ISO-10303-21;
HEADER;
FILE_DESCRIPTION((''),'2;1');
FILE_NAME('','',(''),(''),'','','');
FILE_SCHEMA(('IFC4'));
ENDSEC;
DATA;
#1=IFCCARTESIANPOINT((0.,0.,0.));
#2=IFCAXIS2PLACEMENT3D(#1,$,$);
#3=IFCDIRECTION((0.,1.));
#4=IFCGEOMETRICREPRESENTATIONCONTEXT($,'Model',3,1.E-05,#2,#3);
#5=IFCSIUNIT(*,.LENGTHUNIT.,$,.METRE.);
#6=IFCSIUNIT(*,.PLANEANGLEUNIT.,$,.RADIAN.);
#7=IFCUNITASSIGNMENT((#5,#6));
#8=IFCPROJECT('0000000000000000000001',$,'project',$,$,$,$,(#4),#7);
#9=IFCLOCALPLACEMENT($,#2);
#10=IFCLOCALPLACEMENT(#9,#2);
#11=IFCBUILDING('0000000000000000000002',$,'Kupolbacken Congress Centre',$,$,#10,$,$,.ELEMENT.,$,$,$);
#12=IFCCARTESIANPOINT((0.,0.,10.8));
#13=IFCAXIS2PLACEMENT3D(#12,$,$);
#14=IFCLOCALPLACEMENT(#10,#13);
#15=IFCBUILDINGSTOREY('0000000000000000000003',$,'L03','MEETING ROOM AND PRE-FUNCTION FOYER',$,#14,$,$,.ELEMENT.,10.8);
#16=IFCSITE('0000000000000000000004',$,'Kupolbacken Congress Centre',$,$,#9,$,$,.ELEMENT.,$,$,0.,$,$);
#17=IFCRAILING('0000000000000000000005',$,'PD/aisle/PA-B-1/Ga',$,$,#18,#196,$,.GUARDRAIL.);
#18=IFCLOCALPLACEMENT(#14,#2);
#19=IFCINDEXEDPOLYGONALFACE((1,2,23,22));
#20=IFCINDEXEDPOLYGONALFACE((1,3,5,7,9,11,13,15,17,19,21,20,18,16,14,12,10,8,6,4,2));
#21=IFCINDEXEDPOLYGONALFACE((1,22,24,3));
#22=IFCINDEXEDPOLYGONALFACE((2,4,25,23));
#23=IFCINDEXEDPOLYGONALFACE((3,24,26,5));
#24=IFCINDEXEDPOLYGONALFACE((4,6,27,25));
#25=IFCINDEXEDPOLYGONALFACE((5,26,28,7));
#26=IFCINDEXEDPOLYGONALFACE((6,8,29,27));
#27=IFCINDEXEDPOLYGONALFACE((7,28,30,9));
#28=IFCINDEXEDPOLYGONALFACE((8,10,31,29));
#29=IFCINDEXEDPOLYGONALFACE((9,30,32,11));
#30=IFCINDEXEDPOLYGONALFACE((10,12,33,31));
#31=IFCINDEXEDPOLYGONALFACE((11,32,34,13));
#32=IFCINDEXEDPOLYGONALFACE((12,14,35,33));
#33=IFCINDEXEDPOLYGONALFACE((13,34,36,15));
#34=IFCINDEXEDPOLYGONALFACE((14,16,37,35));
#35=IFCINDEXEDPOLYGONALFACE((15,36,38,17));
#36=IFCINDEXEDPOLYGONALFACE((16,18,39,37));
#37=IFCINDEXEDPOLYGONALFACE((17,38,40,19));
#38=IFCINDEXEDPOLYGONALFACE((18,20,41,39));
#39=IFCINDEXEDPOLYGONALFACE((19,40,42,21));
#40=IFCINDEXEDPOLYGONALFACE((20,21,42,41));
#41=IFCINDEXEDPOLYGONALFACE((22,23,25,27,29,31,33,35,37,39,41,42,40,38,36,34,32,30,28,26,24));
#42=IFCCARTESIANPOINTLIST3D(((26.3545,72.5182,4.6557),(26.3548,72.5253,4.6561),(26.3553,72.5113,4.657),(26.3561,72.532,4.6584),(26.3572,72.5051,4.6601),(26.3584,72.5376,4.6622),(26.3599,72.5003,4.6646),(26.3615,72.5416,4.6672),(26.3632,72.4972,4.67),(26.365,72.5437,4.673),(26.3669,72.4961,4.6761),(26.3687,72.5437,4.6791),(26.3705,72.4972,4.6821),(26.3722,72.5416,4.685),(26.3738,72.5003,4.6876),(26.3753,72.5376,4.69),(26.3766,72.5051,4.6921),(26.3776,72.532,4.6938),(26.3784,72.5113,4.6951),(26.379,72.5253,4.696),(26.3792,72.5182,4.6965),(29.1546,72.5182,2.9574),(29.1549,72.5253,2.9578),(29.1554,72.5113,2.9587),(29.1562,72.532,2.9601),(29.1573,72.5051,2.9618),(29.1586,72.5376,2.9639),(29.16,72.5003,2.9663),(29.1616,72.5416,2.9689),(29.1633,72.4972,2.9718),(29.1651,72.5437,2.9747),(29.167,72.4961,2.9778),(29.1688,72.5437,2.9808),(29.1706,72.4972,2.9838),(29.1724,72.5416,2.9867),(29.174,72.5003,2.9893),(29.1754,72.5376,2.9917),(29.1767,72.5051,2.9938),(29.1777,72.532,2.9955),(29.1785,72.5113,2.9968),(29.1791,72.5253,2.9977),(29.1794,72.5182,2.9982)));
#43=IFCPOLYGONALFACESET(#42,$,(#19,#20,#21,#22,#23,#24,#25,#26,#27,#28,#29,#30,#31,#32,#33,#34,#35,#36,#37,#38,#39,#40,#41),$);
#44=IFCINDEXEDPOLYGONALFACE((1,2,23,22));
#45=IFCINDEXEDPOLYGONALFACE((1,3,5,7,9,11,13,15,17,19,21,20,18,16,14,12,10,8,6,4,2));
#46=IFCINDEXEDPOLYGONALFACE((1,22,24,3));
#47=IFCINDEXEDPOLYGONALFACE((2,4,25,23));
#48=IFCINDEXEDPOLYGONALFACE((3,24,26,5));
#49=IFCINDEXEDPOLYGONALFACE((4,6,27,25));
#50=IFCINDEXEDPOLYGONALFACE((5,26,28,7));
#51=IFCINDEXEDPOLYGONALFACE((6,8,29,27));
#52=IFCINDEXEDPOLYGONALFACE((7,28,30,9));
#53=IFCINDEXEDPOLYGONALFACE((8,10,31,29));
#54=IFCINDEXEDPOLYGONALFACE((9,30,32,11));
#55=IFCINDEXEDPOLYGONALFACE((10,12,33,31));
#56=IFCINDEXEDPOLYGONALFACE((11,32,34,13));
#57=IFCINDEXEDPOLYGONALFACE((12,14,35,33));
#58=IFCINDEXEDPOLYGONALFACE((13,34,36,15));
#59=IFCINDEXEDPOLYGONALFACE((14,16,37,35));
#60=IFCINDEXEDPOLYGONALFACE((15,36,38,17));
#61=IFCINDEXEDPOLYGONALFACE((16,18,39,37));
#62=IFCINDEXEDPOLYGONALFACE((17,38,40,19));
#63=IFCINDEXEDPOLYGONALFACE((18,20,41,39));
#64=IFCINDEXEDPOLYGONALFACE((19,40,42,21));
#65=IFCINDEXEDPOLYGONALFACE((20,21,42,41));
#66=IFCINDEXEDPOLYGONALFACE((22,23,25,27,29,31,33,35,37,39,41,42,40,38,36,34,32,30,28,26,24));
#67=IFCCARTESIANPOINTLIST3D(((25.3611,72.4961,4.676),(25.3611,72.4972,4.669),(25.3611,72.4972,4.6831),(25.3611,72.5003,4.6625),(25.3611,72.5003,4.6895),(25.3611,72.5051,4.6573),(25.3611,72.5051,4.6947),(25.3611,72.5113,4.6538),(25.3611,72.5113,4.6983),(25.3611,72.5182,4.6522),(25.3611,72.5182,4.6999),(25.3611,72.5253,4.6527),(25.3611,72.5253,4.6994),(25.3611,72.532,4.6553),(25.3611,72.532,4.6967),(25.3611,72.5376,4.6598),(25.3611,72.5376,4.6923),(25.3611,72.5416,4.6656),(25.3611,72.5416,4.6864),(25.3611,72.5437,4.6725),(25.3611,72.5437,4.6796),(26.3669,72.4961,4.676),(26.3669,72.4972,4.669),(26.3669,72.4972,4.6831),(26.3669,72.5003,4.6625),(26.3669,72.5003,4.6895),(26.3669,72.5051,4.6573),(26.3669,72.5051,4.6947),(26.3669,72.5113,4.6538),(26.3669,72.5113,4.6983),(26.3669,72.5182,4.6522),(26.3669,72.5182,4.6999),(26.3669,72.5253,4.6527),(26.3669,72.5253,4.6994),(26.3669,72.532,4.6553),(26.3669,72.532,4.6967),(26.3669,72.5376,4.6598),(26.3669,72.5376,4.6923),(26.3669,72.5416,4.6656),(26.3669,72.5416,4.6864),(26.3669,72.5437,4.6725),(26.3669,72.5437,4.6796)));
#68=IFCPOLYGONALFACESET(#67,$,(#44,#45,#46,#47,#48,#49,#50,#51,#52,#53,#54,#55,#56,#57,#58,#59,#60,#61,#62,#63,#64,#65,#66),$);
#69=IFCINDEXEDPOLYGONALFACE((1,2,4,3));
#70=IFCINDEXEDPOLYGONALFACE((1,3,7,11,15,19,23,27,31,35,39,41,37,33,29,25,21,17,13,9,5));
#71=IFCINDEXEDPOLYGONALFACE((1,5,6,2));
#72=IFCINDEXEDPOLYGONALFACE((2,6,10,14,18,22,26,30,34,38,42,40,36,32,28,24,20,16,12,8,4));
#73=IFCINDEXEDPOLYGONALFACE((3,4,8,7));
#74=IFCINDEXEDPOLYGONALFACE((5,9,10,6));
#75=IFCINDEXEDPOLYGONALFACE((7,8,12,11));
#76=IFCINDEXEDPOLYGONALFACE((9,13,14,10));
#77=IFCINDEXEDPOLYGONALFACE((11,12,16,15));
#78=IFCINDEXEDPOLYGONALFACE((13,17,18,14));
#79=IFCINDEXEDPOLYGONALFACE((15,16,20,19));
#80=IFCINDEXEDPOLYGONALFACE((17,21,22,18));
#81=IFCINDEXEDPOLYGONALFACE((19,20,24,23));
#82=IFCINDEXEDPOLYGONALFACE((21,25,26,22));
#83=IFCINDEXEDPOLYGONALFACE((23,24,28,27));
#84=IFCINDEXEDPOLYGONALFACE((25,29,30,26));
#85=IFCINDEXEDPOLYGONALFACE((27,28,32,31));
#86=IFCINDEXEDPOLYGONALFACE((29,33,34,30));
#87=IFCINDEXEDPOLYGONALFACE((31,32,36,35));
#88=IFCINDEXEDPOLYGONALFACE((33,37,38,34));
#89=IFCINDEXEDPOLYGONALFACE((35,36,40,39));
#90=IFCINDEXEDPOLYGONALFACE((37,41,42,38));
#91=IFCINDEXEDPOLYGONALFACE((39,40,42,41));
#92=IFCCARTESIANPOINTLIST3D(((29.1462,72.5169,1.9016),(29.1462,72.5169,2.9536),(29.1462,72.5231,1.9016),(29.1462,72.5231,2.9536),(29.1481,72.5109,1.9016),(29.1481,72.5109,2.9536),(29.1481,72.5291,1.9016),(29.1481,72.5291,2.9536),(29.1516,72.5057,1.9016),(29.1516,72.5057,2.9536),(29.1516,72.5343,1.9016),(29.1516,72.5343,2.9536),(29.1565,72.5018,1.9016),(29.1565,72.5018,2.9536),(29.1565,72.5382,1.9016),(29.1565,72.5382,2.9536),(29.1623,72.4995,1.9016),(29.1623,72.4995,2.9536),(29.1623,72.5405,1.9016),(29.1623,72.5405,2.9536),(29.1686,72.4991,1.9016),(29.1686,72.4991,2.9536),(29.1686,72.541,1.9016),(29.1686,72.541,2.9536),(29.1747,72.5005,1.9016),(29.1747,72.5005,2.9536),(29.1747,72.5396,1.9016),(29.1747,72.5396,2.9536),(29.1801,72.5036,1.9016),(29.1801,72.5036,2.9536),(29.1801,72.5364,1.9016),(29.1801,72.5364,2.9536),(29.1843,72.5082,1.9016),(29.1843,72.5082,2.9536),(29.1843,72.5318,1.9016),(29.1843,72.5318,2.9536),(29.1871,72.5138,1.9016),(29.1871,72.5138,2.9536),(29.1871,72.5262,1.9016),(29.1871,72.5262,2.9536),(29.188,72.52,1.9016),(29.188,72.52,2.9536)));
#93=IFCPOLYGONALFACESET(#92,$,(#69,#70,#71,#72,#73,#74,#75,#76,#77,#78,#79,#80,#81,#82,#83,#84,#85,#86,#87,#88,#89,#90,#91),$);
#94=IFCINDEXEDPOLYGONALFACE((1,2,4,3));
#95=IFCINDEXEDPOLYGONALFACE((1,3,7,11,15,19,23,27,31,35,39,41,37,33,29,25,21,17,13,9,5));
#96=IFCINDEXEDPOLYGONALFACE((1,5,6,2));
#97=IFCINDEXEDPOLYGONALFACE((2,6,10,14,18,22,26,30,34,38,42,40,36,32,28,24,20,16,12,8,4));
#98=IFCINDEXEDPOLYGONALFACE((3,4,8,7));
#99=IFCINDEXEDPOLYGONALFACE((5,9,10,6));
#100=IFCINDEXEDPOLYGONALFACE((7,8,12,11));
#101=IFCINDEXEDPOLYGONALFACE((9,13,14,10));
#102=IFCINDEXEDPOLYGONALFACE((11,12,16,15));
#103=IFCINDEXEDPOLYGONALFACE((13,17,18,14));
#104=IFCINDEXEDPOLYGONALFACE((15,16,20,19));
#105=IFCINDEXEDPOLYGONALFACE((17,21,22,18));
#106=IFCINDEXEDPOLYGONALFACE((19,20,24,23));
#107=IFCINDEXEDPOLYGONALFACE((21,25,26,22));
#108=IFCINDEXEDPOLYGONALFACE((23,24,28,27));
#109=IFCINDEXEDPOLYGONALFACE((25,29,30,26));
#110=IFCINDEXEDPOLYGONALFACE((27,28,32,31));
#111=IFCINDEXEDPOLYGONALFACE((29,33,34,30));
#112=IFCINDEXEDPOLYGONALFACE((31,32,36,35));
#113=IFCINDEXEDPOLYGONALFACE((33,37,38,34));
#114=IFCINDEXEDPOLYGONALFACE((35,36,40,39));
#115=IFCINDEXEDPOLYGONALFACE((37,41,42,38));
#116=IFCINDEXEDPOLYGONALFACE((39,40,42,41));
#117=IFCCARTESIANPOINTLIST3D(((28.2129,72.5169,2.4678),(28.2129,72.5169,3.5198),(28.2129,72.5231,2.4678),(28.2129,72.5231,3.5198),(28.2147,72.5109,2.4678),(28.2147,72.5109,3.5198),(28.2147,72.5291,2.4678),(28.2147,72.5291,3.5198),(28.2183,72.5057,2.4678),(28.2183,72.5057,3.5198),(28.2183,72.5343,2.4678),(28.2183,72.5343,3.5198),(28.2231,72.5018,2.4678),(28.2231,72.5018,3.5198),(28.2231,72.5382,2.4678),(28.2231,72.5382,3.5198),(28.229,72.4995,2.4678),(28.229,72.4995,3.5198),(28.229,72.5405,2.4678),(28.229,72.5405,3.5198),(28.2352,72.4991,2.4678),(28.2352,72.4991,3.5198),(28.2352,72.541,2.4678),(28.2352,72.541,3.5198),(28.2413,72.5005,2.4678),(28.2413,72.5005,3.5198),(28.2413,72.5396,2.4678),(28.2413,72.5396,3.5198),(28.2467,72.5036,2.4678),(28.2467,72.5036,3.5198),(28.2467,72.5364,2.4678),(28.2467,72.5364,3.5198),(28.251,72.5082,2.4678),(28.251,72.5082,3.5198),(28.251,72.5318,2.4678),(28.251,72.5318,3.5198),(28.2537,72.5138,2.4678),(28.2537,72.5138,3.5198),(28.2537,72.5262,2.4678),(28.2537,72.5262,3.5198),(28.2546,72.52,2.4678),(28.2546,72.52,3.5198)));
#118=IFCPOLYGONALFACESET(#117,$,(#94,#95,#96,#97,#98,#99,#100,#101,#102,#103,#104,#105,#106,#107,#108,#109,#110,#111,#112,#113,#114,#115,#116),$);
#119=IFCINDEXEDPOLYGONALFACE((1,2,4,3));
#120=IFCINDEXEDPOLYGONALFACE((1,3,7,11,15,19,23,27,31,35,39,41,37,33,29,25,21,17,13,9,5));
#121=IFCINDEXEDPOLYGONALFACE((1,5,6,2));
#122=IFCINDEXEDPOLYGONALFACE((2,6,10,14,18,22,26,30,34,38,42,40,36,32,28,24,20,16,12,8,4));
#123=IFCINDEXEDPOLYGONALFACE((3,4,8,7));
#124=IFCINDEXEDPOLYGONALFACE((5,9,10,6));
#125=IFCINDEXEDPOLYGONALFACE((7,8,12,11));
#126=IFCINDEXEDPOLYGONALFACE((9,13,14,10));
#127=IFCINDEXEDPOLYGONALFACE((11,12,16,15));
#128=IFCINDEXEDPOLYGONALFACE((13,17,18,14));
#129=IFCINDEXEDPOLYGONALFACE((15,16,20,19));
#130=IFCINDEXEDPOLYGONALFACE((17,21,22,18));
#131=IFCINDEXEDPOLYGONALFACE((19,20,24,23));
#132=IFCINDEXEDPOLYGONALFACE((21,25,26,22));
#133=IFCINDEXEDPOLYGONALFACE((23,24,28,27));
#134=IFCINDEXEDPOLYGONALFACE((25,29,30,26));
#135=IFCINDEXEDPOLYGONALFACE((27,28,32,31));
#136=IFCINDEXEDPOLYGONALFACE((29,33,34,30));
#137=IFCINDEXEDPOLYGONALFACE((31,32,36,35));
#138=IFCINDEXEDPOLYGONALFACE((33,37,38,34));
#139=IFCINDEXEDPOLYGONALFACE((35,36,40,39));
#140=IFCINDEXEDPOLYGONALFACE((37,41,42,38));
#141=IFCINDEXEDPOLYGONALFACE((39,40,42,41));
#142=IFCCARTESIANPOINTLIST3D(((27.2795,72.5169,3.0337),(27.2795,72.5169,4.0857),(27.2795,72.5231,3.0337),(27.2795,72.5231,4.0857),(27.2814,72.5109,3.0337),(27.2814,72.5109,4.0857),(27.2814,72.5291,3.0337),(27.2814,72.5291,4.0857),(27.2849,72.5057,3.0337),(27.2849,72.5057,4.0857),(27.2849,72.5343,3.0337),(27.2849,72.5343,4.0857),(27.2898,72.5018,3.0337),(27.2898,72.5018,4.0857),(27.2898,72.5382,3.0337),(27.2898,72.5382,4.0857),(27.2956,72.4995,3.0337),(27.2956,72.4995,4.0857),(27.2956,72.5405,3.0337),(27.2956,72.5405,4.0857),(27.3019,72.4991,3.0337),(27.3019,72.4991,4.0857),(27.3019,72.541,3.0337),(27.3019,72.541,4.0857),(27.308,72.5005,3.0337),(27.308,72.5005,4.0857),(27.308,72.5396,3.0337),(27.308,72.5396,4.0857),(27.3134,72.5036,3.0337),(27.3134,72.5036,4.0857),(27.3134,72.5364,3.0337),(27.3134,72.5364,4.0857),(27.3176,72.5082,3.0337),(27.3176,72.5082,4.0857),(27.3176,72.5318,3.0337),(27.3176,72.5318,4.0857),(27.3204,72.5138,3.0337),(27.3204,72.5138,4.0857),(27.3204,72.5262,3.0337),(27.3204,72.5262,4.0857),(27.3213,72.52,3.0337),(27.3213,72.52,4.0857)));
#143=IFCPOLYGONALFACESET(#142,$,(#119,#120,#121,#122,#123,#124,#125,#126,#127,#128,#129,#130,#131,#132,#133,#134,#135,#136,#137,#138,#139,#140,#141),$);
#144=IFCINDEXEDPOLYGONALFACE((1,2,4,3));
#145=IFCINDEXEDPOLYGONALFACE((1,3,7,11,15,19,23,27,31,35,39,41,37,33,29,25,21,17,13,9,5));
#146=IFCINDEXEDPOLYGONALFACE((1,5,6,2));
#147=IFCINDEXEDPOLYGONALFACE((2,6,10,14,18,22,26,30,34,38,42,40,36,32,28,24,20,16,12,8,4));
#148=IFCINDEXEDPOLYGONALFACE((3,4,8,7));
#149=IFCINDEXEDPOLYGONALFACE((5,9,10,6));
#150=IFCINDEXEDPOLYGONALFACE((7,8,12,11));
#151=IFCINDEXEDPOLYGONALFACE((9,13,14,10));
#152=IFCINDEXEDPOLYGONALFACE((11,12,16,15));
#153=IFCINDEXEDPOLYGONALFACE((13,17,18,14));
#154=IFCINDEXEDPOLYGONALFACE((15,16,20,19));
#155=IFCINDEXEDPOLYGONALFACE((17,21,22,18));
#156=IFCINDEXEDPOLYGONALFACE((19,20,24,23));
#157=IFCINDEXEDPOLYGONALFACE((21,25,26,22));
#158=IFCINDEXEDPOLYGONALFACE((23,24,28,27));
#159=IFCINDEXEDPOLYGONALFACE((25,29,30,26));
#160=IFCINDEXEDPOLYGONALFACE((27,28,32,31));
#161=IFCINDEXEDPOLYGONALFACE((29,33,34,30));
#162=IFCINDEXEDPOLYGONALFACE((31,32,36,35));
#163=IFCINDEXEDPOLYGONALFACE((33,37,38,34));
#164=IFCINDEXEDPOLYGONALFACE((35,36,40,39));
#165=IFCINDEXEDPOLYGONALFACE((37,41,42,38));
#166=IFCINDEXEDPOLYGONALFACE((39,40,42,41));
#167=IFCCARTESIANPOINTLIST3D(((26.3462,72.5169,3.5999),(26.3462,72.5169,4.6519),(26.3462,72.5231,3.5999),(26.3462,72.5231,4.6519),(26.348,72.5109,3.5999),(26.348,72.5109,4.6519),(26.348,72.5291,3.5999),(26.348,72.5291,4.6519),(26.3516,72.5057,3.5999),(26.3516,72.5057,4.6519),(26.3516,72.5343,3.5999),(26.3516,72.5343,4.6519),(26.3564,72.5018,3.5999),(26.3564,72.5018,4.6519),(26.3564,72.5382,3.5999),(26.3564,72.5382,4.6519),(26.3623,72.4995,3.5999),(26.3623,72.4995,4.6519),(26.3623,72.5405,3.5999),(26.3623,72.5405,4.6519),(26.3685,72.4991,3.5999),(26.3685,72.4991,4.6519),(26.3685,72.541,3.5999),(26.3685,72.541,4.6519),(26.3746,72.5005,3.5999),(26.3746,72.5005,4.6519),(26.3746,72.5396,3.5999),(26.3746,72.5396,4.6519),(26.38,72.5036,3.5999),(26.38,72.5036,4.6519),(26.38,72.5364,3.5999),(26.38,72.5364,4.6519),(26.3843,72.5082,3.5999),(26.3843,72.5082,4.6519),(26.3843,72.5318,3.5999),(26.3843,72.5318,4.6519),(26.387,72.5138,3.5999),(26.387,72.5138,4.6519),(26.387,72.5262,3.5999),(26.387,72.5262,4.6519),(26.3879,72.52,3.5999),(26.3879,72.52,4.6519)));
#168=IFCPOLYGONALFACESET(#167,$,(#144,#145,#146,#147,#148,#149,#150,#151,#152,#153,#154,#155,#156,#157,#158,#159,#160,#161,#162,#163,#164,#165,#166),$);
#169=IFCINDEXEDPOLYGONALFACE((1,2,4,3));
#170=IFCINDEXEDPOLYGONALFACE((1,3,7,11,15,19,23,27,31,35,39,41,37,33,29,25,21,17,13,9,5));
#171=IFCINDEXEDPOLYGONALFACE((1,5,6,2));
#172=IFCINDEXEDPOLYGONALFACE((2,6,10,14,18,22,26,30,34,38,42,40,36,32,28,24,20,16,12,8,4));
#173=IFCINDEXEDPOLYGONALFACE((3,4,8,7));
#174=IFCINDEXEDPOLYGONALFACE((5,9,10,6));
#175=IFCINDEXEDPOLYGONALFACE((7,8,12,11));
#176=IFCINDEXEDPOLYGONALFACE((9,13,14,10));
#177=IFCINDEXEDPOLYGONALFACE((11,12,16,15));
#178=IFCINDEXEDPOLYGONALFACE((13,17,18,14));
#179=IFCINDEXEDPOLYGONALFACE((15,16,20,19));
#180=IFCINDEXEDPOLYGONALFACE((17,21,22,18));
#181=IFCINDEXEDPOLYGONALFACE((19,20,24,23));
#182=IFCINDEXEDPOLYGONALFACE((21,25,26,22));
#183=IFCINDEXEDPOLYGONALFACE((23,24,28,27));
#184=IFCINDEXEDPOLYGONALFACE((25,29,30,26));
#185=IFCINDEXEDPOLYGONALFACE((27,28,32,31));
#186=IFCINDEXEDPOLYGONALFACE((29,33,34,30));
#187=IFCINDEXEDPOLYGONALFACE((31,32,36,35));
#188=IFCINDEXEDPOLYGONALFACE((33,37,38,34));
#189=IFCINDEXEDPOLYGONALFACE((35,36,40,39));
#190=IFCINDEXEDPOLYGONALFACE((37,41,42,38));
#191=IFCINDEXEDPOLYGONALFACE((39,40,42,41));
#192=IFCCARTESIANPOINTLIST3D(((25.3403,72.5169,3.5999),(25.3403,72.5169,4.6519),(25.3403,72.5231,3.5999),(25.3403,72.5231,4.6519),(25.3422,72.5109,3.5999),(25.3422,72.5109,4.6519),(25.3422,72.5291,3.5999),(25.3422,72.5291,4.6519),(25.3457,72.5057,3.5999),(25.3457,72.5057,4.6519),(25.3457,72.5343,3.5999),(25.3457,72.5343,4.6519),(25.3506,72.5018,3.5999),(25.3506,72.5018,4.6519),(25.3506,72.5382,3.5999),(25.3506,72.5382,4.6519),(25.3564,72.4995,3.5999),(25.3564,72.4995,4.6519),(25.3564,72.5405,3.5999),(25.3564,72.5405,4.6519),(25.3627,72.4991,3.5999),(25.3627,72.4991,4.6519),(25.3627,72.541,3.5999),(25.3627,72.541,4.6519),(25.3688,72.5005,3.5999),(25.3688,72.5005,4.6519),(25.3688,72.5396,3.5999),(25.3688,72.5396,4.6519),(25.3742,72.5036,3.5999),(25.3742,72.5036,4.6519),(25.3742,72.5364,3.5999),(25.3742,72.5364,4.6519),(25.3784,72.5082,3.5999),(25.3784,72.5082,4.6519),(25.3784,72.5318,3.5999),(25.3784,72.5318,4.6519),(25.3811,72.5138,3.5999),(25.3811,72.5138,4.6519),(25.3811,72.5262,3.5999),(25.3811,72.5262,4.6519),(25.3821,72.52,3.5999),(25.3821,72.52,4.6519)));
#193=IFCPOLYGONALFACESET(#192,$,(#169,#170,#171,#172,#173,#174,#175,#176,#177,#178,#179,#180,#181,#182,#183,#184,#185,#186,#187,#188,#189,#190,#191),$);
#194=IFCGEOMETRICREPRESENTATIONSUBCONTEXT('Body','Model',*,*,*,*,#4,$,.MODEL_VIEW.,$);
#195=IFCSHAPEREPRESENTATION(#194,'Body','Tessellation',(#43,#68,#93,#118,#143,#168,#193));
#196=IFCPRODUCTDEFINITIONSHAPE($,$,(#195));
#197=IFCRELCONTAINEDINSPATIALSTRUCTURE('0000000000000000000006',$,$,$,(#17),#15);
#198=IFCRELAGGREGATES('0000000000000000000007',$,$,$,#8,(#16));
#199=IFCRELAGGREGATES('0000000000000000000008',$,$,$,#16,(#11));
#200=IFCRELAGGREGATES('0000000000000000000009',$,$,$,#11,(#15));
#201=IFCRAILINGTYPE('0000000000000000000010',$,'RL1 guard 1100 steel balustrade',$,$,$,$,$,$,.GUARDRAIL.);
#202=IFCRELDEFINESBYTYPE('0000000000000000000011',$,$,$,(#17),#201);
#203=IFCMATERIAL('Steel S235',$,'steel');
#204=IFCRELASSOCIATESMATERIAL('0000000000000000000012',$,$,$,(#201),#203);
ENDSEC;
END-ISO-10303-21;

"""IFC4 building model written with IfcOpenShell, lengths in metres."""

from ifc_helpers import new_model, si_unit, direction, frame, origin, origin_2d, place, context, subcontext, project, spatial, circle, extrude, material, type_object, element, save


model = new_model("IFC4")

# Units and contexts
model_context = context("Model", 3, precision=1e-05, world=origin(), true_north=direction((0.0, 1.0)))
body_context = subcontext(model_context, "Body", "Model", "MODEL_VIEW")
ifc_project = project(units=[si_unit("LENGTHUNIT", "METRE"), si_unit("PLANEANGLEUNIT", "RADIAN")], contexts=[model_context])

# Site, building, storey
site_placement = place(None, origin())
site = spatial("IfcSite", under=ifc_project, at=site_placement, Name="Kupolbacken Congress Centre", CompositionType="ELEMENT", RefElevation=0.0)
building_placement = place(site_placement, origin())
building = spatial("IfcBuilding", under=site, at=building_placement, Name="Kupolbacken Congress Centre", CompositionType="ELEMENT")
storey_placement = place(building_placement, frame((0.0, 0.0, 10.8)))
storey = spatial("IfcBuildingStorey", under=building, at=storey_placement, Name="L03", Description="MEETING ROOM AND PRE-FUNCTION FOYER", CompositionType="ELEMENT", Elevation=10.8)

# Railing
ifc_material_1 = material(Name="Steel S235", Category="steel")
railing_type_1 = type_object("IfcRailingType", Name="RL1 guard 1100 steel balustrade", PredefinedType="GUARDRAIL", material=ifc_material_1)
railing_1_placement = place(storey_placement, frame((29.167, 72.52, 1.9016)))
element("IfcRailing", 1, at=railing_1_placement, inside=storey, type_object=railing_type_1, Name="PD/aisle/PA-B-1/Ga", PredefinedType="GUARDRAIL", context=body_context, shape_type="SweptSolid", body=[
    extrude(circle(Radius=0.0239, at=origin_2d()), frame((0.0, 0.0, 1.0762), z_axis=(-0.85503, 0.0, 0.518579), x_axis=(0.0, -1.0, 0.0)), (0.0, 0.0, 1.0), 3.2749),
    extrude(circle(Radius=0.0239, at=origin_2d()), frame((-2.8, 0.0, 2.7744), z_axis=(-1.0, 0.0, 0.0), x_axis=(0.0, -1.0, 0.0)), (0.0, 0.0, 1.0), 1.0059),
    extrude(circle(Radius=0.021, at=origin_2d()), origin(), (0.0, 0.0, 1.0), 1.052),
    extrude(circle(Radius=0.021, at=origin_2d()), frame((-0.9333, 0.0, 0.5662)), (0.0, 0.0, 1.0), 1.052),
    extrude(circle(Radius=0.021, at=origin_2d()), frame((-1.8667, 0.0, 1.1321)), (0.0, 0.0, 1.0), 1.052),
    extrude(circle(Radius=0.021, at=origin_2d()), frame((-2.8, 0.0, 1.6982)), (0.0, 0.0, 1.0), 1.052),
    extrude(circle(Radius=0.021, at=origin_2d()), frame((-3.8059, 0.0, 1.6982)), (0.0, 0.0, 1.0), 1.052),
])

save(model, "model.ifc")
